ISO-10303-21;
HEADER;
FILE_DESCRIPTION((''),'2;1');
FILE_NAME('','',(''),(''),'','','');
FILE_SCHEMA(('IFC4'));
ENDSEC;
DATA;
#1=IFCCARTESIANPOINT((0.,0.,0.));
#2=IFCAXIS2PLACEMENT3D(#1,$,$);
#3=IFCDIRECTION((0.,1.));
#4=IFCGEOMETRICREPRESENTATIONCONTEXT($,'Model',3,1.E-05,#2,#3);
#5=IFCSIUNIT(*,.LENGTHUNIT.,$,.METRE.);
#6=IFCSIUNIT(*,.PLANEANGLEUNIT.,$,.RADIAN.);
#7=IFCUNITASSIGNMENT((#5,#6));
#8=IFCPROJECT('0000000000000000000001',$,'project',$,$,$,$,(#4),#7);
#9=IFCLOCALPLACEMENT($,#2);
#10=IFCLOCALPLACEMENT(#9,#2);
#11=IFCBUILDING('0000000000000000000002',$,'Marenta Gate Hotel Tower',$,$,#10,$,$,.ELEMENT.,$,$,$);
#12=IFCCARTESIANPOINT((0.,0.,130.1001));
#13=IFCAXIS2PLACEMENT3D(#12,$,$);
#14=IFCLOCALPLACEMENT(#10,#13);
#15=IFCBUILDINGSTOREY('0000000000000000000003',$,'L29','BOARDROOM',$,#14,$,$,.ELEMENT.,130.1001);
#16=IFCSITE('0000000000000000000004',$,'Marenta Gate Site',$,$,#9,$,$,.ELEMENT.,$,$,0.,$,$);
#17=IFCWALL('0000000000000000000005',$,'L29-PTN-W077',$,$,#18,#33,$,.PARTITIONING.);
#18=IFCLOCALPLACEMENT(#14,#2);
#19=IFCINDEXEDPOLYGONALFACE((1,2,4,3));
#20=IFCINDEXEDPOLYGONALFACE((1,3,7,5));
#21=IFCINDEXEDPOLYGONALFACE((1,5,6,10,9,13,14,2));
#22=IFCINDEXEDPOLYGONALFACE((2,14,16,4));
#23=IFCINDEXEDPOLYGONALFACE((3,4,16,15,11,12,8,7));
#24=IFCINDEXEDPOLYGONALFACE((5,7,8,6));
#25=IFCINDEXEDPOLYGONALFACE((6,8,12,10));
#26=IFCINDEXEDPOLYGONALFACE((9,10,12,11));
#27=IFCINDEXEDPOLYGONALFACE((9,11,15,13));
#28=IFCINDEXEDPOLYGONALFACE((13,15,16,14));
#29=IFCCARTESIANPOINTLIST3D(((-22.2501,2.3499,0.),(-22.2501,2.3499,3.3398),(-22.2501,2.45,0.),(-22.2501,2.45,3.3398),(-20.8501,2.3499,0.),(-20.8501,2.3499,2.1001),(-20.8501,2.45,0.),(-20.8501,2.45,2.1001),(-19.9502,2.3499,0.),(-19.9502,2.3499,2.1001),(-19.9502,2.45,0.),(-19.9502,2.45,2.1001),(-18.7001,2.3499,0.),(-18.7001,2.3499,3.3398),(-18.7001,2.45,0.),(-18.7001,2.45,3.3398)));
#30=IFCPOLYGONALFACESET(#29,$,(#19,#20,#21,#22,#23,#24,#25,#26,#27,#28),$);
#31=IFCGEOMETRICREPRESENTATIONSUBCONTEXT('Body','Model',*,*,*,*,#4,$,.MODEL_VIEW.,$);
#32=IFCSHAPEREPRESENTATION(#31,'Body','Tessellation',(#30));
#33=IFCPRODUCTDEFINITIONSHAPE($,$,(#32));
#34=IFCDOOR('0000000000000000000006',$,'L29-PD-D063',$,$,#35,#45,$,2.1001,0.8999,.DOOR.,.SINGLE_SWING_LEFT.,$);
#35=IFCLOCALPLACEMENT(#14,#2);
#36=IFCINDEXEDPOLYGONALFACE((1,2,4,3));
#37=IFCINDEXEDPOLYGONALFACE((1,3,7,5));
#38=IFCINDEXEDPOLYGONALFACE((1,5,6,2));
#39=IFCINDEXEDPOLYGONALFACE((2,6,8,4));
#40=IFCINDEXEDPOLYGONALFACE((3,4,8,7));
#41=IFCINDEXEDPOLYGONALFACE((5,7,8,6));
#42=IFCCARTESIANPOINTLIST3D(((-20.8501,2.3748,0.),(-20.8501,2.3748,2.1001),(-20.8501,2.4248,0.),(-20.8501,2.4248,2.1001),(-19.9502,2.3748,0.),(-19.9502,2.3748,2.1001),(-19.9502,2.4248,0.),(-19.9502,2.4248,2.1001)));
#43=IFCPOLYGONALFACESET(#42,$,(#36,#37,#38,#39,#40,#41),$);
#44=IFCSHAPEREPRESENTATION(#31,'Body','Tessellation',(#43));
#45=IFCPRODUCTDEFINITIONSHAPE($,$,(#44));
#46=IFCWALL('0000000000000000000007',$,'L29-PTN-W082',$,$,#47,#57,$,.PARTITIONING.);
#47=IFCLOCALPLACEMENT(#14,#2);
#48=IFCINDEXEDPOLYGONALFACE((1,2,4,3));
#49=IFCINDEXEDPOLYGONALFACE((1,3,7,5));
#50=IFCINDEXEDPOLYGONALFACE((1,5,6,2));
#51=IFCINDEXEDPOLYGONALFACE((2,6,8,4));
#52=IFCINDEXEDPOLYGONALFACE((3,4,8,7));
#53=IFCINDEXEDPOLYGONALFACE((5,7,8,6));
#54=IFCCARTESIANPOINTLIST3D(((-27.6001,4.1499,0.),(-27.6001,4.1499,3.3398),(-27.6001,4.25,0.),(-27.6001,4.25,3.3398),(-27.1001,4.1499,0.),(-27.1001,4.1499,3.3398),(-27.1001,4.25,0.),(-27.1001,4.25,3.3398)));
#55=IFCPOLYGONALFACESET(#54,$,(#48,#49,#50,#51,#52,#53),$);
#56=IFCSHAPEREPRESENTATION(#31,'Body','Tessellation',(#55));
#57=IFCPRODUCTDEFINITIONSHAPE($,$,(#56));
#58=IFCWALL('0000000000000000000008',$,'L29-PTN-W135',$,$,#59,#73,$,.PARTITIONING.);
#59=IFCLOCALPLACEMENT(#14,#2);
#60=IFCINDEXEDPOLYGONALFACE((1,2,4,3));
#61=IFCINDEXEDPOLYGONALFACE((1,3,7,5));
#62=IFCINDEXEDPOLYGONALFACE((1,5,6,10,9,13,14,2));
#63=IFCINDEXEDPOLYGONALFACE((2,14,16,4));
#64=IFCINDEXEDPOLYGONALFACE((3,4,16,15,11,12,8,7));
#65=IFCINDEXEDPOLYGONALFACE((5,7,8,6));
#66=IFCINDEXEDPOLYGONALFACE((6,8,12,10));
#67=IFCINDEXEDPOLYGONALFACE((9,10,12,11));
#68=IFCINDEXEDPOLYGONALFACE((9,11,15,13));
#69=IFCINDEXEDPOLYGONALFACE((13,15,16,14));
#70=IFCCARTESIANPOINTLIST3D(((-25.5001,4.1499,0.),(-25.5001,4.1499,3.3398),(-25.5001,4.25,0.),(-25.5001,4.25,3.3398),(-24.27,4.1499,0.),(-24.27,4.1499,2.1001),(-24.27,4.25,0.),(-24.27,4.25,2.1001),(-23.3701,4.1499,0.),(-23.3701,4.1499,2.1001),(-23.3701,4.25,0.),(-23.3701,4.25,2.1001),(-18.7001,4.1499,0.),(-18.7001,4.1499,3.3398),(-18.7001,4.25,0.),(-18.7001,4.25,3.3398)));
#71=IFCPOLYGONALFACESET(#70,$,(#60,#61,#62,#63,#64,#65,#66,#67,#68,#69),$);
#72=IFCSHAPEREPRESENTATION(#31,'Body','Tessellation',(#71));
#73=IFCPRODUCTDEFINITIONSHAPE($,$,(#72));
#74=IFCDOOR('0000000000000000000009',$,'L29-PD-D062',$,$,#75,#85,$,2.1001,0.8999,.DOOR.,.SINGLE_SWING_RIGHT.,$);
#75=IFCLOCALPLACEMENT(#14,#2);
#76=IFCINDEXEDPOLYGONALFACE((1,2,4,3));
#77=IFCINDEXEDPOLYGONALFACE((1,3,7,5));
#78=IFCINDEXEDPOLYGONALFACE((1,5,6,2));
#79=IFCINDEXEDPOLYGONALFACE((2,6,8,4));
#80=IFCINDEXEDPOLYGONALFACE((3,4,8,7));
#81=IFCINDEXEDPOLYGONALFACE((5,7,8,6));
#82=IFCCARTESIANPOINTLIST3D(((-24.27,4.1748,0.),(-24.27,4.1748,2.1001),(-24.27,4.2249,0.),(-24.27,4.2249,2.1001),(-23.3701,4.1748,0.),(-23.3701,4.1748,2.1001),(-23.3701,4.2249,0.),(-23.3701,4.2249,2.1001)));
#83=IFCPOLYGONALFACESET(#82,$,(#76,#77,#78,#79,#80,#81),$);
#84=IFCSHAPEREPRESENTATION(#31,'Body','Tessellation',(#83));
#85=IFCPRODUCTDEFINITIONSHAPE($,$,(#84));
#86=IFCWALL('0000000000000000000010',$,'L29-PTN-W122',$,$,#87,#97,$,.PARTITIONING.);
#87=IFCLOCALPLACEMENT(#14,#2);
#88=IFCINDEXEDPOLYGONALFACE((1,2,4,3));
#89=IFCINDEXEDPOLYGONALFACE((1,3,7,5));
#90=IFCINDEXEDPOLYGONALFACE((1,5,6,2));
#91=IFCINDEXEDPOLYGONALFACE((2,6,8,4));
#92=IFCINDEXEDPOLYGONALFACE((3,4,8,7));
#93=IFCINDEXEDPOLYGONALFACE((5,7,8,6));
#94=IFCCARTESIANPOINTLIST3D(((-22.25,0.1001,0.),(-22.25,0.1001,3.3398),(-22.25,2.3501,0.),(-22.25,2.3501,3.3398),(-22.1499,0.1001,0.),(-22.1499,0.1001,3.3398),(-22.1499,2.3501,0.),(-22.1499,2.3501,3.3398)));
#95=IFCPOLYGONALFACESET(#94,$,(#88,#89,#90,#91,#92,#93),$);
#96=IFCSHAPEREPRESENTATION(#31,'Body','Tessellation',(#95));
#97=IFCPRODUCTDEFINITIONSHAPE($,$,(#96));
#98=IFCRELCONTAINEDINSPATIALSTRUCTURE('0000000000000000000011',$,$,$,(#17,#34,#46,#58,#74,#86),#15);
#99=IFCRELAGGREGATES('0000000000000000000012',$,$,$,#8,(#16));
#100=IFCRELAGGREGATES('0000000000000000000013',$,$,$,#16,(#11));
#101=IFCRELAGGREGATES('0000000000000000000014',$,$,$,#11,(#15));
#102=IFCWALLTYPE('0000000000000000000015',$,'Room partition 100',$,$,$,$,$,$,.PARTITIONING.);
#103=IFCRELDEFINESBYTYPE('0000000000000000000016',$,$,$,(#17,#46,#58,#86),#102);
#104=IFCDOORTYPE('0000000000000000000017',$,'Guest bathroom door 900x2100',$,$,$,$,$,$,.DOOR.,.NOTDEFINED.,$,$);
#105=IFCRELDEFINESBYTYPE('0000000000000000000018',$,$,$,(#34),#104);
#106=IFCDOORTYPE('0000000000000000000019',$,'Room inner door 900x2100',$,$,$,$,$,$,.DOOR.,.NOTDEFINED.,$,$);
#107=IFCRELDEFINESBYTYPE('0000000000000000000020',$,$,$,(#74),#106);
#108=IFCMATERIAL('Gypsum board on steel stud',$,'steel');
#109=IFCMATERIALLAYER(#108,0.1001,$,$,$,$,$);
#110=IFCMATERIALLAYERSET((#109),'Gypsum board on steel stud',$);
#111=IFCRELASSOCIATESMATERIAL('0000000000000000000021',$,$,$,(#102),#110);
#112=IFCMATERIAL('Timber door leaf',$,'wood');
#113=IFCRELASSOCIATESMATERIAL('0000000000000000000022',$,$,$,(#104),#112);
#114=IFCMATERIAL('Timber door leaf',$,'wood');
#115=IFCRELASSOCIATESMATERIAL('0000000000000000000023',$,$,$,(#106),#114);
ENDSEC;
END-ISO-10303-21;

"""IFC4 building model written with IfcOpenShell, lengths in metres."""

from ifc_helpers import new_model, si_unit, direction, frame, frame_2d, origin, place, context, subcontext, project, spatial, rectangle, extrude, material, layer, layer_set, type_object, element, fill, save


model = new_model("IFC4")

# Units and contexts
model_context = context("Model", 3, precision=1e-05, world=origin(), true_north=direction((0.0, 1.0)))
body_context = subcontext(model_context, "Body", "Model", "MODEL_VIEW")
ifc_project = project(units=[si_unit("LENGTHUNIT", "METRE"), si_unit("PLANEANGLEUNIT", "RADIAN")], contexts=[model_context])

# Site, building, storey
site_placement = place(None, origin())
site = spatial("IfcSite", under=ifc_project, at=site_placement, Name="Marenta Gate Site", CompositionType="ELEMENT", RefElevation=0.0)
building_placement = place(site_placement, origin())
building = spatial("IfcBuilding", under=site, at=building_placement, Name="Marenta Gate Hotel Tower", CompositionType="ELEMENT")
storey_placement = place(building_placement, frame((0.0, 0.0, 130.1001)))
storey = spatial("IfcBuildingStorey", under=building, at=storey_placement, Name="L29", Description="BOARDROOM", CompositionType="ELEMENT", Elevation=130.1001)

# Wall, opening, door
ifc_material_1 = material(Name="Gypsum board on steel stud", Category="steel")
ifc_layer_1 = layer(ifc_material_1, 0.1001)
ifc_layer_set_1 = layer_set([ifc_layer_1], Name="Gypsum board on steel stud")
wall_type_1 = type_object("IfcWallType", Name="Room partition 100", PredefinedType="PARTITIONING", material=ifc_layer_set_1)
wall_1_placement = place(storey_placement, frame((-22.25, 2.3999, 0.0), z_axis=(0.0, 0.0, 1.0), x_axis=(1.0, 0.0, 0.0)))
wall_1 = element("IfcWall", 1, at=wall_1_placement, inside=storey, type_object=wall_type_1, Name="L29-PTN-W077", PredefinedType="PARTITIONING", context=body_context, shape_type="SweptSolid", body=[
    extrude(rectangle(XDim=3.55, YDim=0.1001, at=frame_2d((1.7749, 0.0))), origin(), (0.0, 0.0, 1.0), 3.3398),
])
opening_1_placement = place(wall_1_placement, frame((1.3999, 0.0, 0.0)))
opening_1 = element("IfcOpeningElement", 2, at=opening_1_placement, cuts=wall_1, PredefinedType="OPENING", context=body_context, shape_type="SweptSolid", body=[
    extrude(rectangle(XDim=0.8999, YDim=2.1001, at=frame_2d((0.45, 1.05))), frame((0.0, 0.05, 0.0), z_axis=(0.0, -1.0, 0.0), x_axis=(1.0, 0.0, 0.0)), (0.0, 0.0, 1.0), 0.1001),
])
ifc_material_2 = material(Name="Timber door leaf", Category="wood")
door_type_1 = type_object("IfcDoorType", Name="Guest bathroom door 900x2100", OperationType="NOTDEFINED", PredefinedType="DOOR", material=ifc_material_2)
door_1_placement = place(opening_1_placement, origin())
door_1 = element("IfcDoor", 3, at=door_1_placement, inside=storey, type_object=door_type_1, Name="L29-PD-D063", OperationType="SINGLE_SWING_LEFT", OverallHeight=2.1001, OverallWidth=0.8999, PredefinedType="DOOR", context=body_context, shape_type="SweptSolid", body=[
    extrude(rectangle(XDim=0.8999, YDim=2.1001, at=frame_2d((0.45, 1.05))), frame((0.0, 0.0249, 0.0), z_axis=(0.0, -1.0, 0.0), x_axis=(1.0, 0.0, 0.0)), (0.0, 0.0, 1.0), 0.05),
])
fill(opening_1, door_1)

# Wall
wall_2_placement = place(storey_placement, frame((-27.6001, 4.2, 0.0), z_axis=(0.0, 0.0, 1.0), x_axis=(1.0, 0.0, 0.0)))
element("IfcWall", 4, at=wall_2_placement, inside=storey, type_object=wall_type_1, Name="L29-PTN-W082", PredefinedType="PARTITIONING", context=body_context, shape_type="SweptSolid", body=[
    extrude(rectangle(XDim=0.5, YDim=0.1001, at=frame_2d((0.25, 0.0))), origin(), (0.0, 0.0, 1.0), 3.3398),
])

# Wall, opening, door
wall_3_placement = place(storey_placement, frame((-25.5, 4.2, 0.0), z_axis=(0.0, 0.0, 1.0), x_axis=(1.0, 0.0, 0.0)))
wall_3 = element("IfcWall", 5, at=wall_3_placement, inside=storey, type_object=wall_type_1, Name="L29-PTN-W135", PredefinedType="PARTITIONING", context=body_context, shape_type="SweptSolid", body=[
    extrude(rectangle(XDim=6.8, YDim=0.1001, at=frame_2d((3.3999, 0.0))), origin(), (0.0, 0.0, 1.0), 3.3398),
])
opening_2_placement = place(wall_3_placement, frame((1.23, 0.0, 0.0)))
opening_2 = element("IfcOpeningElement", 6, at=opening_2_placement, cuts=wall_3, PredefinedType="OPENING", context=body_context, shape_type="SweptSolid", body=[
    extrude(rectangle(XDim=0.8999, YDim=2.1001, at=frame_2d((0.45, 1.05))), frame((0.0, 0.05, 0.0), z_axis=(0.0, -1.0, 0.0), x_axis=(1.0, 0.0, 0.0)), (0.0, 0.0, 1.0), 0.1001),
])
ifc_material_3 = material(Name="Timber door leaf", Category="wood")
door_type_2 = type_object("IfcDoorType", Name="Room inner door 900x2100", OperationType="NOTDEFINED", PredefinedType="DOOR", material=ifc_material_3)
door_2_placement = place(opening_2_placement, origin())
door_2 = element("IfcDoor", 7, at=door_2_placement, inside=storey, type_object=door_type_2, Name="L29-PD-D062", OperationType="SINGLE_SWING_RIGHT", OverallHeight=2.1001, OverallWidth=0.8999, PredefinedType="DOOR", context=body_context, shape_type="SweptSolid", body=[
    extrude(rectangle(XDim=0.8999, YDim=2.1001, at=frame_2d((0.45, 1.05))), frame((0.0, 0.0249, 0.0), z_axis=(0.0, -1.0, 0.0), x_axis=(1.0, 0.0, 0.0)), (0.0, 0.0, 1.0), 0.05),
])
fill(opening_2, door_2)

# Wall
wall_4_placement = place(storey_placement, frame((-22.2, 0.1001, 0.0), z_axis=(0.0, 0.0, 1.0), x_axis=(0.0, 1.0, 0.0)))
element("IfcWall", 8, at=wall_4_placement, inside=storey, type_object=wall_type_1, Name="L29-PTN-W122", PredefinedType="PARTITIONING", context=body_context, shape_type="SweptSolid", body=[
    extrude(rectangle(XDim=2.25, YDim=0.1001, at=frame_2d((1.125, 0.0))), origin(), (0.0, 0.0, 1.0), 3.3398),
])

save(model, "model.ifc")
